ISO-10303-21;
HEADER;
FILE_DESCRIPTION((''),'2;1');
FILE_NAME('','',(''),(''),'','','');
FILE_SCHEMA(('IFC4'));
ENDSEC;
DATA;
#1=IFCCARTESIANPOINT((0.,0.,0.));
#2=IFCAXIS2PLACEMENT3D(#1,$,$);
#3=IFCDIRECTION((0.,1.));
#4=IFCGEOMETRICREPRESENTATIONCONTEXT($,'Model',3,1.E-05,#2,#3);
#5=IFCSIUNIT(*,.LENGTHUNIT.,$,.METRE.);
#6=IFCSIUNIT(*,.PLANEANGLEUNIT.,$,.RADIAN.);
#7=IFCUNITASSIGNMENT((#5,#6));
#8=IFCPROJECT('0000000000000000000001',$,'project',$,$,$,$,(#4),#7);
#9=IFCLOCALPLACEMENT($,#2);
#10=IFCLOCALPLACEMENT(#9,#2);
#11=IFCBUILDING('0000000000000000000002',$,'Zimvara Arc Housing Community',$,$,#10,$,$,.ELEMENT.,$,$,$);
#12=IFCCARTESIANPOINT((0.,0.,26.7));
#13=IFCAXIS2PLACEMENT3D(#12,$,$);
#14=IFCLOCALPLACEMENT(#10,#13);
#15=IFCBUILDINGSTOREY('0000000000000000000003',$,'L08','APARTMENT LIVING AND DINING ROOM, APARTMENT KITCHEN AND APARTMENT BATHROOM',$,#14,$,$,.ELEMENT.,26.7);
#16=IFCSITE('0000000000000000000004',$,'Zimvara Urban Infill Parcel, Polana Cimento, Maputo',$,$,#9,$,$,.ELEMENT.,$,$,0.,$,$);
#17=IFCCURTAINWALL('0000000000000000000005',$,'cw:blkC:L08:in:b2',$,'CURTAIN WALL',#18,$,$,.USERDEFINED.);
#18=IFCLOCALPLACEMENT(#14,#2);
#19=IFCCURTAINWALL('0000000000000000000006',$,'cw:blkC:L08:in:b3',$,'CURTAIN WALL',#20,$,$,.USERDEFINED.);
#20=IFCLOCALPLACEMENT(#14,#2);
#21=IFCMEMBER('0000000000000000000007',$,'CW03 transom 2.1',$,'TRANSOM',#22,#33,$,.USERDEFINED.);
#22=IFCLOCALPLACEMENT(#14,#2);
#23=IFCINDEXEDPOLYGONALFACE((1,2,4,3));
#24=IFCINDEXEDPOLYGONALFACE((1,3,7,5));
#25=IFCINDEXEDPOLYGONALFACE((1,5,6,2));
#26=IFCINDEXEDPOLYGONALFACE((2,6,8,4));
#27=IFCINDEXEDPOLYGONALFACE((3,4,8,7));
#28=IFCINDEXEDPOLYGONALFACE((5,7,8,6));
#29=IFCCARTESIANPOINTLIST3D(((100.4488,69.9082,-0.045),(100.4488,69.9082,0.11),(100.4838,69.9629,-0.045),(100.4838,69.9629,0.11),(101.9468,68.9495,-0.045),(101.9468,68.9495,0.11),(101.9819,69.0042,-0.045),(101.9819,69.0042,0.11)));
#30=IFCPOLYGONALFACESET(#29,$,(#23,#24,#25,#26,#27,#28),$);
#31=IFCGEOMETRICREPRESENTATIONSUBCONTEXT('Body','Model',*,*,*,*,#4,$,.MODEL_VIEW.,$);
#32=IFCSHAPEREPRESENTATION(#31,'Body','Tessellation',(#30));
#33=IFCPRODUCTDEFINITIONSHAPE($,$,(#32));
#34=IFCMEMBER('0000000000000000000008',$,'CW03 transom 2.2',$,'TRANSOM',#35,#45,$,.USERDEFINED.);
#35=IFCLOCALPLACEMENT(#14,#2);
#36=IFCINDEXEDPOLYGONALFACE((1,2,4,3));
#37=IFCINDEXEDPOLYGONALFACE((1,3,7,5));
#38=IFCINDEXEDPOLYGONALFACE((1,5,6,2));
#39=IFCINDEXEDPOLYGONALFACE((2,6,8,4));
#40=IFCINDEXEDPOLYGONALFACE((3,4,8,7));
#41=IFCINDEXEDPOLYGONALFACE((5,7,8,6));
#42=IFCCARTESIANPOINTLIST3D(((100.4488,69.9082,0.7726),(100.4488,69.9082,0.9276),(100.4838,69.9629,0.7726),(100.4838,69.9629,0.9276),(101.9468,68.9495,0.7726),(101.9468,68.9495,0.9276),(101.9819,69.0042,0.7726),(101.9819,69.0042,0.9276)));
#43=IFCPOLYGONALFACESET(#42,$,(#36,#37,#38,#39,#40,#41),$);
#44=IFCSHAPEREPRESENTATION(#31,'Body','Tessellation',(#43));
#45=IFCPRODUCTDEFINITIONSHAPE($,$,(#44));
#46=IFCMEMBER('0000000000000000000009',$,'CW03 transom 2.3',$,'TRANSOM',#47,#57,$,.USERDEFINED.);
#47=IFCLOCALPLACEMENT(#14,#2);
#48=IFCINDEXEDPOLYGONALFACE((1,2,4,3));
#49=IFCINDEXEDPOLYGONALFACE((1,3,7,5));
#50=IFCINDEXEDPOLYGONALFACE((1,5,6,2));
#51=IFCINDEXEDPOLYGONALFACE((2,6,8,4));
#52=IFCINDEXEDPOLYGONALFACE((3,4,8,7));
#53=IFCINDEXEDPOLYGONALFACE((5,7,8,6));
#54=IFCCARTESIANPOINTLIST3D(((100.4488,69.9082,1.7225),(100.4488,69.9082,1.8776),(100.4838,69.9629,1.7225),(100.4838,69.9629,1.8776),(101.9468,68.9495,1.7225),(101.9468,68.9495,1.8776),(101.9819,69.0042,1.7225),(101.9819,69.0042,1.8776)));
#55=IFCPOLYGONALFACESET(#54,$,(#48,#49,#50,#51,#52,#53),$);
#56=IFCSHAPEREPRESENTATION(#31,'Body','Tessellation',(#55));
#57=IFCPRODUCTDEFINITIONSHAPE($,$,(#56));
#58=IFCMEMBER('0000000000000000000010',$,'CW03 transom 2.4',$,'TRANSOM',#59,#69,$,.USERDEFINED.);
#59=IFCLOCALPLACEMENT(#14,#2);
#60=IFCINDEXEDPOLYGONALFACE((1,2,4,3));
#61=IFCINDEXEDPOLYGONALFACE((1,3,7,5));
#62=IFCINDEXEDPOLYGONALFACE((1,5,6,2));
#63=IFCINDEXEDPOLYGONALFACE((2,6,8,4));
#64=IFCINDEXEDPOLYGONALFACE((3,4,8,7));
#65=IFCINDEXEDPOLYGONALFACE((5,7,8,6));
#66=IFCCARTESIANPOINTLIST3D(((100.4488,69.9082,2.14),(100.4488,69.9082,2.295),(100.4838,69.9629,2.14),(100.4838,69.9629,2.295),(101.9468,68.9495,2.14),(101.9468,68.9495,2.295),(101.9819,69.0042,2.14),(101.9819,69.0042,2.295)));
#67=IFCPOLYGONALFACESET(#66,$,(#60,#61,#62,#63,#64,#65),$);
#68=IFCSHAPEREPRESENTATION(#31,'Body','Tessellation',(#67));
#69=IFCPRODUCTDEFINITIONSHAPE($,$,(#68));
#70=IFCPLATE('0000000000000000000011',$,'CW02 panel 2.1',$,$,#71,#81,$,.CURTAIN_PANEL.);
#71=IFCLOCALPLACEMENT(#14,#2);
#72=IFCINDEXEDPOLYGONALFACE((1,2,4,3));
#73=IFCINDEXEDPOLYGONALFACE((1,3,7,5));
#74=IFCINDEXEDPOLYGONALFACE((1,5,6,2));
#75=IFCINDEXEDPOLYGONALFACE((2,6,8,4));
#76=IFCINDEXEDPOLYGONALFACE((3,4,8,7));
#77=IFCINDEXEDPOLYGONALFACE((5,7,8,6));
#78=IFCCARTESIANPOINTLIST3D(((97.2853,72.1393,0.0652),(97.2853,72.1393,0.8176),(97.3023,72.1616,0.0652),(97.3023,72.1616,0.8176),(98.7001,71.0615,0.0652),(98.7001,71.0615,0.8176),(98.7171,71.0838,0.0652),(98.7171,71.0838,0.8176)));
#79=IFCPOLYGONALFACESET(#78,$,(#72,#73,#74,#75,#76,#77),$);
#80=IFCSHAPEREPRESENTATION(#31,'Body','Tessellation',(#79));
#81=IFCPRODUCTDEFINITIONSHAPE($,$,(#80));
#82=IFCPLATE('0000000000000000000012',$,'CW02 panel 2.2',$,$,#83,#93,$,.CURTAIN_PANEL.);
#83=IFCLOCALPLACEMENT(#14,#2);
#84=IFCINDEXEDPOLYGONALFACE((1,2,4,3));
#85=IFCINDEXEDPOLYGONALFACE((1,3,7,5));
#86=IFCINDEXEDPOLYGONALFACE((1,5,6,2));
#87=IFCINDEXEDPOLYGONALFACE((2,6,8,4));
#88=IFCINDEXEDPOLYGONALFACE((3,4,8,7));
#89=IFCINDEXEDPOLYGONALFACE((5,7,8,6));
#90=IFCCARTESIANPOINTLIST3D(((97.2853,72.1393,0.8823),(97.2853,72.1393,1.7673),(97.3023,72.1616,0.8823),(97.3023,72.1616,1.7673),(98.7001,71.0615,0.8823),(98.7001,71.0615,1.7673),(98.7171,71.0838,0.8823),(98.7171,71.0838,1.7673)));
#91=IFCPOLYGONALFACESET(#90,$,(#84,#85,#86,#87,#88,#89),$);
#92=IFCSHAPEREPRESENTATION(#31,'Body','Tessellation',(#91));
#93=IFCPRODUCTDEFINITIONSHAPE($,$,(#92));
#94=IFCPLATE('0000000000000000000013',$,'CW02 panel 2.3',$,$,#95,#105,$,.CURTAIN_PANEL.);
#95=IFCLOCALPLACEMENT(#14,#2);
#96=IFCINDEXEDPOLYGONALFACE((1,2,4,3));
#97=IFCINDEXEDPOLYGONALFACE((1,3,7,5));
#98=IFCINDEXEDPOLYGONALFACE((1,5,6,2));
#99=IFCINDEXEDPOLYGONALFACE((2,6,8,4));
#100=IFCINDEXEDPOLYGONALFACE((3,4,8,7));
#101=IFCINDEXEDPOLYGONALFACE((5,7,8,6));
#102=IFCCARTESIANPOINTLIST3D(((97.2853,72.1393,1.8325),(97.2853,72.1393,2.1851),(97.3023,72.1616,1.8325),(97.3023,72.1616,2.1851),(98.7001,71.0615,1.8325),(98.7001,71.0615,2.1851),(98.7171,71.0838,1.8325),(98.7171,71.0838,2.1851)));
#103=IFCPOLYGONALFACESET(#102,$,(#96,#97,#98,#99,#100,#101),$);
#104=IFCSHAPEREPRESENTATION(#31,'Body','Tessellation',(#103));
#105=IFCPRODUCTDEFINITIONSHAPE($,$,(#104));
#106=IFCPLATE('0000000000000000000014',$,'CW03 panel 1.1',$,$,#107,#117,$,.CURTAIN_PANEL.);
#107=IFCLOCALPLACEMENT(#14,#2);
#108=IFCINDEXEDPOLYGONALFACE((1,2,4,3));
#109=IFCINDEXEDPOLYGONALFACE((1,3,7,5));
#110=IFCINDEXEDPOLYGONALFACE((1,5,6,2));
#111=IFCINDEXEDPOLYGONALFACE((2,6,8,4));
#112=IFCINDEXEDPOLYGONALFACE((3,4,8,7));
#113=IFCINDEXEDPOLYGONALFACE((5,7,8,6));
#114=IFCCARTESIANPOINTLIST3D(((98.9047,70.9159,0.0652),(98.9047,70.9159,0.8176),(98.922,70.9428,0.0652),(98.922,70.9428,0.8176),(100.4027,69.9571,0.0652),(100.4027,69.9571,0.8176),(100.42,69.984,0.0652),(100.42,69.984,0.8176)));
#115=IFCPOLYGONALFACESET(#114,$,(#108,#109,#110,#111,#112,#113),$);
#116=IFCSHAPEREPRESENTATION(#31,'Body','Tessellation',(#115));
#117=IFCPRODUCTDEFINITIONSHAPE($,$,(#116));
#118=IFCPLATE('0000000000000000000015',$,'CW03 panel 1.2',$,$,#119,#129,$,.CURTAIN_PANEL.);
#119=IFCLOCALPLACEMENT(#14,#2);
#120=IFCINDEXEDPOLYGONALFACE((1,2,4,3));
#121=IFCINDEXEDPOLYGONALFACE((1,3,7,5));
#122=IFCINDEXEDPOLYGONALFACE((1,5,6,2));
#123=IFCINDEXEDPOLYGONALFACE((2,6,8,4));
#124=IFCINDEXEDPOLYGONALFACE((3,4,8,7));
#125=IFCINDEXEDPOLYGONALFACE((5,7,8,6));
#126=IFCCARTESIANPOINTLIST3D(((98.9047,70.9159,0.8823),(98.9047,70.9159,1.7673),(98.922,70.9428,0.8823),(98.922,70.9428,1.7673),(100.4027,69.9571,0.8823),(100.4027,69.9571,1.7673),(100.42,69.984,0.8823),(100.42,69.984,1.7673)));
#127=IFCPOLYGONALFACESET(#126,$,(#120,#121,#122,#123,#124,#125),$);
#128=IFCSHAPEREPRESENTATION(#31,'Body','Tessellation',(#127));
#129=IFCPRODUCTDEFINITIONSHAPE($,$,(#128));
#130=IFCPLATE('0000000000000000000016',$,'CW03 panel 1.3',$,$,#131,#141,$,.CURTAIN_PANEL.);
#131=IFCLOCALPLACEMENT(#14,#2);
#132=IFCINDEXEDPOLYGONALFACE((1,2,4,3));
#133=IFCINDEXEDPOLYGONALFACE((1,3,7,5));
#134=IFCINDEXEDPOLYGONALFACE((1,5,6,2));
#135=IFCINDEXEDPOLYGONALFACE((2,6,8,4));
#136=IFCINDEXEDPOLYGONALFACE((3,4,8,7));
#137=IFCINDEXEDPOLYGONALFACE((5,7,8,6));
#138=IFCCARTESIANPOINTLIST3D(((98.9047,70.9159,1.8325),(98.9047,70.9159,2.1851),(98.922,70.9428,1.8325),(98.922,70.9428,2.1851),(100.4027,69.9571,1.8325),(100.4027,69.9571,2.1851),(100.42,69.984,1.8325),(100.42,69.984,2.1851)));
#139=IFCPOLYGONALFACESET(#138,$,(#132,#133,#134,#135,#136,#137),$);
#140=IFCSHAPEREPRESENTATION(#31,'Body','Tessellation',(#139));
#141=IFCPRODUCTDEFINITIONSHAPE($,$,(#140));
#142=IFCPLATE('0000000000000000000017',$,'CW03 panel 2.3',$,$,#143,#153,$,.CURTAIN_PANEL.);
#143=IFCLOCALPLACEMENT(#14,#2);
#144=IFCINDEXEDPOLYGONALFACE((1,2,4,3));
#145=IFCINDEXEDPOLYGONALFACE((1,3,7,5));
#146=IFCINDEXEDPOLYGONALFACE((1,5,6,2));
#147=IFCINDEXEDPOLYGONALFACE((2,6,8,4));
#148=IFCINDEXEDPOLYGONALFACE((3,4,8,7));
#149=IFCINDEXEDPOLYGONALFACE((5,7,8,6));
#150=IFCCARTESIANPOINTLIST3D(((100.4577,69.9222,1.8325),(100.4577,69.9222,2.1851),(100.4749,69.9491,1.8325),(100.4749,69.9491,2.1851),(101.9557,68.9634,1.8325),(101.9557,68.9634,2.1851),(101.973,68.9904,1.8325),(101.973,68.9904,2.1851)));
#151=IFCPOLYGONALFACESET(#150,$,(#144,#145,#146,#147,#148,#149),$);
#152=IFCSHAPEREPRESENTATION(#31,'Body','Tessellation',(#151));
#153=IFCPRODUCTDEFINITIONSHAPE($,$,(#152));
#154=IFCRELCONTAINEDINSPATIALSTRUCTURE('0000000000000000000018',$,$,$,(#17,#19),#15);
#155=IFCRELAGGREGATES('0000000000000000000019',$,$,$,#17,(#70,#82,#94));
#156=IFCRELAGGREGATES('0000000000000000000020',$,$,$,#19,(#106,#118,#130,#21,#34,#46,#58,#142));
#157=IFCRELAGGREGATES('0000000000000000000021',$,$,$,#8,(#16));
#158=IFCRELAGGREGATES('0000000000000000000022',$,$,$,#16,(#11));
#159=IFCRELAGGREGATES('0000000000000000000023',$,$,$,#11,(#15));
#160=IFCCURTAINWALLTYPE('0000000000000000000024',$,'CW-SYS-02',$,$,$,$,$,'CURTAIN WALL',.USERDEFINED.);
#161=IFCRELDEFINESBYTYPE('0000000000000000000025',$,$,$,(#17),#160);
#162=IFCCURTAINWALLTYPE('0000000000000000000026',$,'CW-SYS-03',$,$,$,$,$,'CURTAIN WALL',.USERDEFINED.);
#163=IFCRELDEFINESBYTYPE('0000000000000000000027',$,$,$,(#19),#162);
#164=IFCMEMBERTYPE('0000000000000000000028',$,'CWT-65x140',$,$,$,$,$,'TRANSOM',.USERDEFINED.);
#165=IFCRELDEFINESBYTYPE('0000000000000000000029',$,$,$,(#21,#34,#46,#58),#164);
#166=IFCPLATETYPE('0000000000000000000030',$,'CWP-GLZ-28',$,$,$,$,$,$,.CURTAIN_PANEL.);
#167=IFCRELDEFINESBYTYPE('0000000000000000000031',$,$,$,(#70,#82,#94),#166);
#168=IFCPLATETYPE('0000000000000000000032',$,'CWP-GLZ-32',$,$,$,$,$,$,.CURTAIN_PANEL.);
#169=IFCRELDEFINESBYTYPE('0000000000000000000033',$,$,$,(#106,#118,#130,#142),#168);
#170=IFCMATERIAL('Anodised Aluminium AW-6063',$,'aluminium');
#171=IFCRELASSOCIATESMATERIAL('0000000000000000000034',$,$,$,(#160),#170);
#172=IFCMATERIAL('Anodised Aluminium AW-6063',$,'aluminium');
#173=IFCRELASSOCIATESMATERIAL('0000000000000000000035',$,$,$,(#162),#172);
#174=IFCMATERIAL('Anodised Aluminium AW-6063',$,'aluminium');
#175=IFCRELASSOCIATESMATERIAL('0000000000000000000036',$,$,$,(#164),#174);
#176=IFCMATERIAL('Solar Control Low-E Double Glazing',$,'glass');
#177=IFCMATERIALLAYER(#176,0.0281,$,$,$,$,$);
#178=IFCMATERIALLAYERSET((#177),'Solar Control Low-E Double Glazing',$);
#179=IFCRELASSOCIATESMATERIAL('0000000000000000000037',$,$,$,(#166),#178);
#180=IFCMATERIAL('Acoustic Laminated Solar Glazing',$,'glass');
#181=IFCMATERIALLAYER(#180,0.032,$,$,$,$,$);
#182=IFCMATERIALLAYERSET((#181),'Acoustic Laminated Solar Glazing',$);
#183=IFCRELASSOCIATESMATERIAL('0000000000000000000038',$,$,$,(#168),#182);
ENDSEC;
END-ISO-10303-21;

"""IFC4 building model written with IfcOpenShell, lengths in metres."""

from ifc_helpers import new_model, si_unit, direction, frame, origin, origin_2d, place, context, subcontext, project, spatial, rectangle, extrude, material, layer, layer_set, material_profile, profile_set, type_object, element, aggregate, save


model = new_model("IFC4")

# Units and contexts
model_context = context("Model", 3, precision=1e-05, world=origin(), true_north=direction((0.0, 1.0)))
body_context = subcontext(model_context, "Body", "Model", "MODEL_VIEW")
ifc_project = project(units=[si_unit("LENGTHUNIT", "METRE"), si_unit("PLANEANGLEUNIT", "RADIAN")], contexts=[model_context])

# Site, building, storey
site_placement = place(None, origin())
site = spatial("IfcSite", under=ifc_project, at=site_placement, Name="Zimvara Urban Infill Parcel, Polana Cimento, Maputo", CompositionType="ELEMENT", RefElevation=0.0)
building_placement = place(site_placement, origin())
building = spatial("IfcBuilding", under=site, at=building_placement, Name="Zimvara Arc Housing Community", CompositionType="ELEMENT")
storey_placement = place(building_placement, frame((0.0, 0.0, 26.7)))
storey = spatial("IfcBuildingStorey", under=building, at=storey_placement, Name="L08", Description="APARTMENT LIVING AND DINING ROOM, APARTMENT KITCHEN AND APARTMENT BATHROOM", CompositionType="ELEMENT", Elevation=26.7)

# Curtain wall
ifc_material_1 = material(Name="Anodised Aluminium AW-6063", Category="aluminium")
curtain_wall_type_1 = type_object("IfcCurtainWallType", Name="CW-SYS-02", ElementType="CURTAIN WALL", PredefinedType="USERDEFINED", material=ifc_material_1)
curtain_wall_1_placement = place(storey_placement, origin())
curtain_wall_1 = element("IfcCurtainWall", 1, at=curtain_wall_1_placement, inside=storey, type_object=curtain_wall_type_1, Name="cw:blkC:L08:in:b2", ObjectType="CURTAIN WALL", PredefinedType="USERDEFINED")

# Curtain wall
ifc_material_2 = material(Name="Anodised Aluminium AW-6063", Category="aluminium")
curtain_wall_type_2 = type_object("IfcCurtainWallType", Name="CW-SYS-03", ElementType="CURTAIN WALL", PredefinedType="USERDEFINED", material=ifc_material_2)
curtain_wall_2_placement = place(storey_placement, origin())
curtain_wall_2 = element("IfcCurtainWall", 2, at=curtain_wall_2_placement, inside=storey, type_object=curtain_wall_type_2, Name="cw:blkC:L08:in:b3", ObjectType="CURTAIN WALL", PredefinedType="USERDEFINED")

# Members
ifc_material_3 = material(Name="Anodised Aluminium AW-6063", Category="aluminium")
ifc_material_profile_1 = material_profile(ifc_material_3, rectangle(XDim=0.0649, YDim=0.155, at=origin_2d()), Name="ALU 65x155")
ifc_profile_set_1 = profile_set([ifc_material_profile_1], Name="Anodised Aluminium AW-6063")
member_type_1 = type_object("IfcMemberType", Name="CWT-65x140", ElementType="TRANSOM", PredefinedType="USERDEFINED", material=ifc_profile_set_1)
member_1_placement = place(storey_placement, frame((100.4663, 69.9355, 0.0325), z_axis=(0.842274, -0.53905, 0.0), x_axis=(0.53905, 0.842274, 0.0)))
member_1 = element("IfcMember", 3, at=member_1_placement, type_object=member_type_1, Name="CW03 transom 2.1", ObjectType="TRANSOM", PredefinedType="USERDEFINED", context=body_context, shape_type="SweptSolid", body=[
    extrude(rectangle(XDim=0.0649, YDim=0.155, at=origin_2d()), origin(), (0.0, 0.0, 1.0), 1.7786),
])
member_2_placement = place(storey_placement, frame((100.4663, 69.9355, 0.8501), z_axis=(0.842274, -0.53905, 0.0), x_axis=(0.53905, 0.842274, 0.0)))
member_2 = element("IfcMember", 4, at=member_2_placement, type_object=member_type_1, Name="CW03 transom 2.2", ObjectType="TRANSOM", PredefinedType="USERDEFINED", context=body_context, shape_type="SweptSolid", body=[
    extrude(rectangle(XDim=0.0649, YDim=0.155, at=origin_2d()), origin(), (0.0, 0.0, 1.0), 1.7786),
])
member_3_placement = place(storey_placement, frame((100.4663, 69.9355, 1.8), z_axis=(0.842274, -0.53905, 0.0), x_axis=(0.53905, 0.842274, 0.0)))
member_3 = element("IfcMember", 5, at=member_3_placement, type_object=member_type_1, Name="CW03 transom 2.3", ObjectType="TRANSOM", PredefinedType="USERDEFINED", context=body_context, shape_type="SweptSolid", body=[
    extrude(rectangle(XDim=0.0649, YDim=0.155, at=origin_2d()), origin(), (0.0, 0.0, 1.0), 1.7786),
])
member_4_placement = place(storey_placement, frame((100.4663, 69.9355, 2.2175), z_axis=(0.842274, -0.53905, 0.0), x_axis=(0.53905, 0.842274, 0.0)))
member_4 = element("IfcMember", 6, at=member_4_placement, type_object=member_type_1, Name="CW03 transom 2.4", ObjectType="TRANSOM", PredefinedType="USERDEFINED", context=body_context, shape_type="SweptSolid", body=[
    extrude(rectangle(XDim=0.0649, YDim=0.155, at=origin_2d()), origin(), (0.0, 0.0, 1.0), 1.7786),
])

# Plates
ifc_material_4 = material(Name="Solar Control Low-E Double Glazing", Category="glass")
ifc_layer_1 = layer(ifc_material_4, 0.0281)
ifc_layer_set_1 = layer_set([ifc_layer_1], Name="Solar Control Low-E Double Glazing")
plate_type_1 = type_object("IfcPlateType", Name="CWP-GLZ-28", PredefinedType="CURTAIN_PANEL", material=ifc_layer_set_1)
plate_1_placement = place(storey_placement, frame((98.0012, 71.6116, 0.0652), z_axis=(0.0, 0.0, 1.0), x_axis=(0.795474, -0.605988, 0.0)))
plate_1 = element("IfcPlate", 7, at=plate_1_placement, type_object=plate_type_1, Name="CW02 panel 2.1", PredefinedType="CURTAIN_PANEL", context=body_context, shape_type="SweptSolid", body=[
    extrude(rectangle(XDim=1.7786, YDim=0.0281, at=origin_2d()), origin(), (0.0, 0.0, 1.0), 0.7524),
])
plate_2_placement = place(storey_placement, frame((98.0012, 71.6116, 0.8823), z_axis=(0.0, 0.0, 1.0), x_axis=(0.795474, -0.605988, 0.0)))
plate_2 = element("IfcPlate", 8, at=plate_2_placement, type_object=plate_type_1, Name="CW02 panel 2.2", PredefinedType="CURTAIN_PANEL", context=body_context, shape_type="SweptSolid", body=[
    extrude(rectangle(XDim=1.7786, YDim=0.0281, at=origin_2d()), origin(), (0.0, 0.0, 1.0), 0.885),
])
plate_3_placement = place(storey_placement, frame((98.0012, 71.6116, 1.8325), z_axis=(0.0, 0.0, 1.0), x_axis=(0.795474, -0.605988, 0.0)))
plate_3 = element("IfcPlate", 9, at=plate_3_placement, type_object=plate_type_1, Name="CW02 panel 2.3", PredefinedType="CURTAIN_PANEL", context=body_context, shape_type="SweptSolid", body=[
    extrude(rectangle(XDim=1.7786, YDim=0.0281, at=origin_2d()), origin(), (0.0, 0.0, 1.0), 0.3525),
])
aggregate(curtain_wall_1, [plate_1, plate_2, plate_3])
ifc_material_5 = material(Name="Acoustic Laminated Solar Glazing", Category="glass")
ifc_layer_2 = layer(ifc_material_5, 0.032)
ifc_layer_set_2 = layer_set([ifc_layer_2], Name="Acoustic Laminated Solar Glazing")
plate_type_2 = type_object("IfcPlateType", Name="CWP-GLZ-32", PredefinedType="CURTAIN_PANEL", material=ifc_layer_set_2)
plate_4_placement = place(storey_placement, frame((99.6624, 70.45, 0.0652), z_axis=(0.0, 0.0, 1.0), x_axis=(0.842264, -0.539065, 0.0)))
plate_4 = element("IfcPlate", 10, at=plate_4_placement, type_object=plate_type_2, Name="CW03 panel 1.1", PredefinedType="CURTAIN_PANEL", context=body_context, shape_type="SweptSolid", body=[
    extrude(rectangle(XDim=1.7786, YDim=0.032, at=origin_2d()), origin(), (0.0, 0.0, 1.0), 0.7524),
])
plate_5_placement = place(storey_placement, frame((99.6624, 70.45, 0.8823), z_axis=(0.0, 0.0, 1.0), x_axis=(0.842264, -0.539065, 0.0)))
plate_5 = element("IfcPlate", 11, at=plate_5_placement, type_object=plate_type_2, Name="CW03 panel 1.2", PredefinedType="CURTAIN_PANEL", context=body_context, shape_type="SweptSolid", body=[
    extrude(rectangle(XDim=1.7786, YDim=0.032, at=origin_2d()), origin(), (0.0, 0.0, 1.0), 0.885),
])
plate_6_placement = place(storey_placement, frame((99.6624, 70.45, 1.8325), z_axis=(0.0, 0.0, 1.0), x_axis=(0.842264, -0.539065, 0.0)))
plate_6 = element("IfcPlate", 12, at=plate_6_placement, type_object=plate_type_2, Name="CW03 panel 1.3", PredefinedType="CURTAIN_PANEL", context=body_context, shape_type="SweptSolid", body=[
    extrude(rectangle(XDim=1.7786, YDim=0.032, at=origin_2d()), origin(), (0.0, 0.0, 1.0), 0.3525),
])
plate_7_placement = place(storey_placement, frame((101.2153, 69.4563, 1.8325), z_axis=(0.0, 0.0, 1.0), x_axis=(0.842264, -0.539065, 0.0)))
plate_7 = element("IfcPlate", 13, at=plate_7_placement, type_object=plate_type_2, Name="CW03 panel 2.3", PredefinedType="CURTAIN_PANEL", context=body_context, shape_type="SweptSolid", body=[
    extrude(rectangle(XDim=1.7786, YDim=0.032, at=origin_2d()), origin(), (0.0, 0.0, 1.0), 0.3525),
])
aggregate(curtain_wall_2, [plate_4, plate_5, plate_6, member_1, member_2, member_3, member_4, plate_7])

save(model, "model.ifc")
